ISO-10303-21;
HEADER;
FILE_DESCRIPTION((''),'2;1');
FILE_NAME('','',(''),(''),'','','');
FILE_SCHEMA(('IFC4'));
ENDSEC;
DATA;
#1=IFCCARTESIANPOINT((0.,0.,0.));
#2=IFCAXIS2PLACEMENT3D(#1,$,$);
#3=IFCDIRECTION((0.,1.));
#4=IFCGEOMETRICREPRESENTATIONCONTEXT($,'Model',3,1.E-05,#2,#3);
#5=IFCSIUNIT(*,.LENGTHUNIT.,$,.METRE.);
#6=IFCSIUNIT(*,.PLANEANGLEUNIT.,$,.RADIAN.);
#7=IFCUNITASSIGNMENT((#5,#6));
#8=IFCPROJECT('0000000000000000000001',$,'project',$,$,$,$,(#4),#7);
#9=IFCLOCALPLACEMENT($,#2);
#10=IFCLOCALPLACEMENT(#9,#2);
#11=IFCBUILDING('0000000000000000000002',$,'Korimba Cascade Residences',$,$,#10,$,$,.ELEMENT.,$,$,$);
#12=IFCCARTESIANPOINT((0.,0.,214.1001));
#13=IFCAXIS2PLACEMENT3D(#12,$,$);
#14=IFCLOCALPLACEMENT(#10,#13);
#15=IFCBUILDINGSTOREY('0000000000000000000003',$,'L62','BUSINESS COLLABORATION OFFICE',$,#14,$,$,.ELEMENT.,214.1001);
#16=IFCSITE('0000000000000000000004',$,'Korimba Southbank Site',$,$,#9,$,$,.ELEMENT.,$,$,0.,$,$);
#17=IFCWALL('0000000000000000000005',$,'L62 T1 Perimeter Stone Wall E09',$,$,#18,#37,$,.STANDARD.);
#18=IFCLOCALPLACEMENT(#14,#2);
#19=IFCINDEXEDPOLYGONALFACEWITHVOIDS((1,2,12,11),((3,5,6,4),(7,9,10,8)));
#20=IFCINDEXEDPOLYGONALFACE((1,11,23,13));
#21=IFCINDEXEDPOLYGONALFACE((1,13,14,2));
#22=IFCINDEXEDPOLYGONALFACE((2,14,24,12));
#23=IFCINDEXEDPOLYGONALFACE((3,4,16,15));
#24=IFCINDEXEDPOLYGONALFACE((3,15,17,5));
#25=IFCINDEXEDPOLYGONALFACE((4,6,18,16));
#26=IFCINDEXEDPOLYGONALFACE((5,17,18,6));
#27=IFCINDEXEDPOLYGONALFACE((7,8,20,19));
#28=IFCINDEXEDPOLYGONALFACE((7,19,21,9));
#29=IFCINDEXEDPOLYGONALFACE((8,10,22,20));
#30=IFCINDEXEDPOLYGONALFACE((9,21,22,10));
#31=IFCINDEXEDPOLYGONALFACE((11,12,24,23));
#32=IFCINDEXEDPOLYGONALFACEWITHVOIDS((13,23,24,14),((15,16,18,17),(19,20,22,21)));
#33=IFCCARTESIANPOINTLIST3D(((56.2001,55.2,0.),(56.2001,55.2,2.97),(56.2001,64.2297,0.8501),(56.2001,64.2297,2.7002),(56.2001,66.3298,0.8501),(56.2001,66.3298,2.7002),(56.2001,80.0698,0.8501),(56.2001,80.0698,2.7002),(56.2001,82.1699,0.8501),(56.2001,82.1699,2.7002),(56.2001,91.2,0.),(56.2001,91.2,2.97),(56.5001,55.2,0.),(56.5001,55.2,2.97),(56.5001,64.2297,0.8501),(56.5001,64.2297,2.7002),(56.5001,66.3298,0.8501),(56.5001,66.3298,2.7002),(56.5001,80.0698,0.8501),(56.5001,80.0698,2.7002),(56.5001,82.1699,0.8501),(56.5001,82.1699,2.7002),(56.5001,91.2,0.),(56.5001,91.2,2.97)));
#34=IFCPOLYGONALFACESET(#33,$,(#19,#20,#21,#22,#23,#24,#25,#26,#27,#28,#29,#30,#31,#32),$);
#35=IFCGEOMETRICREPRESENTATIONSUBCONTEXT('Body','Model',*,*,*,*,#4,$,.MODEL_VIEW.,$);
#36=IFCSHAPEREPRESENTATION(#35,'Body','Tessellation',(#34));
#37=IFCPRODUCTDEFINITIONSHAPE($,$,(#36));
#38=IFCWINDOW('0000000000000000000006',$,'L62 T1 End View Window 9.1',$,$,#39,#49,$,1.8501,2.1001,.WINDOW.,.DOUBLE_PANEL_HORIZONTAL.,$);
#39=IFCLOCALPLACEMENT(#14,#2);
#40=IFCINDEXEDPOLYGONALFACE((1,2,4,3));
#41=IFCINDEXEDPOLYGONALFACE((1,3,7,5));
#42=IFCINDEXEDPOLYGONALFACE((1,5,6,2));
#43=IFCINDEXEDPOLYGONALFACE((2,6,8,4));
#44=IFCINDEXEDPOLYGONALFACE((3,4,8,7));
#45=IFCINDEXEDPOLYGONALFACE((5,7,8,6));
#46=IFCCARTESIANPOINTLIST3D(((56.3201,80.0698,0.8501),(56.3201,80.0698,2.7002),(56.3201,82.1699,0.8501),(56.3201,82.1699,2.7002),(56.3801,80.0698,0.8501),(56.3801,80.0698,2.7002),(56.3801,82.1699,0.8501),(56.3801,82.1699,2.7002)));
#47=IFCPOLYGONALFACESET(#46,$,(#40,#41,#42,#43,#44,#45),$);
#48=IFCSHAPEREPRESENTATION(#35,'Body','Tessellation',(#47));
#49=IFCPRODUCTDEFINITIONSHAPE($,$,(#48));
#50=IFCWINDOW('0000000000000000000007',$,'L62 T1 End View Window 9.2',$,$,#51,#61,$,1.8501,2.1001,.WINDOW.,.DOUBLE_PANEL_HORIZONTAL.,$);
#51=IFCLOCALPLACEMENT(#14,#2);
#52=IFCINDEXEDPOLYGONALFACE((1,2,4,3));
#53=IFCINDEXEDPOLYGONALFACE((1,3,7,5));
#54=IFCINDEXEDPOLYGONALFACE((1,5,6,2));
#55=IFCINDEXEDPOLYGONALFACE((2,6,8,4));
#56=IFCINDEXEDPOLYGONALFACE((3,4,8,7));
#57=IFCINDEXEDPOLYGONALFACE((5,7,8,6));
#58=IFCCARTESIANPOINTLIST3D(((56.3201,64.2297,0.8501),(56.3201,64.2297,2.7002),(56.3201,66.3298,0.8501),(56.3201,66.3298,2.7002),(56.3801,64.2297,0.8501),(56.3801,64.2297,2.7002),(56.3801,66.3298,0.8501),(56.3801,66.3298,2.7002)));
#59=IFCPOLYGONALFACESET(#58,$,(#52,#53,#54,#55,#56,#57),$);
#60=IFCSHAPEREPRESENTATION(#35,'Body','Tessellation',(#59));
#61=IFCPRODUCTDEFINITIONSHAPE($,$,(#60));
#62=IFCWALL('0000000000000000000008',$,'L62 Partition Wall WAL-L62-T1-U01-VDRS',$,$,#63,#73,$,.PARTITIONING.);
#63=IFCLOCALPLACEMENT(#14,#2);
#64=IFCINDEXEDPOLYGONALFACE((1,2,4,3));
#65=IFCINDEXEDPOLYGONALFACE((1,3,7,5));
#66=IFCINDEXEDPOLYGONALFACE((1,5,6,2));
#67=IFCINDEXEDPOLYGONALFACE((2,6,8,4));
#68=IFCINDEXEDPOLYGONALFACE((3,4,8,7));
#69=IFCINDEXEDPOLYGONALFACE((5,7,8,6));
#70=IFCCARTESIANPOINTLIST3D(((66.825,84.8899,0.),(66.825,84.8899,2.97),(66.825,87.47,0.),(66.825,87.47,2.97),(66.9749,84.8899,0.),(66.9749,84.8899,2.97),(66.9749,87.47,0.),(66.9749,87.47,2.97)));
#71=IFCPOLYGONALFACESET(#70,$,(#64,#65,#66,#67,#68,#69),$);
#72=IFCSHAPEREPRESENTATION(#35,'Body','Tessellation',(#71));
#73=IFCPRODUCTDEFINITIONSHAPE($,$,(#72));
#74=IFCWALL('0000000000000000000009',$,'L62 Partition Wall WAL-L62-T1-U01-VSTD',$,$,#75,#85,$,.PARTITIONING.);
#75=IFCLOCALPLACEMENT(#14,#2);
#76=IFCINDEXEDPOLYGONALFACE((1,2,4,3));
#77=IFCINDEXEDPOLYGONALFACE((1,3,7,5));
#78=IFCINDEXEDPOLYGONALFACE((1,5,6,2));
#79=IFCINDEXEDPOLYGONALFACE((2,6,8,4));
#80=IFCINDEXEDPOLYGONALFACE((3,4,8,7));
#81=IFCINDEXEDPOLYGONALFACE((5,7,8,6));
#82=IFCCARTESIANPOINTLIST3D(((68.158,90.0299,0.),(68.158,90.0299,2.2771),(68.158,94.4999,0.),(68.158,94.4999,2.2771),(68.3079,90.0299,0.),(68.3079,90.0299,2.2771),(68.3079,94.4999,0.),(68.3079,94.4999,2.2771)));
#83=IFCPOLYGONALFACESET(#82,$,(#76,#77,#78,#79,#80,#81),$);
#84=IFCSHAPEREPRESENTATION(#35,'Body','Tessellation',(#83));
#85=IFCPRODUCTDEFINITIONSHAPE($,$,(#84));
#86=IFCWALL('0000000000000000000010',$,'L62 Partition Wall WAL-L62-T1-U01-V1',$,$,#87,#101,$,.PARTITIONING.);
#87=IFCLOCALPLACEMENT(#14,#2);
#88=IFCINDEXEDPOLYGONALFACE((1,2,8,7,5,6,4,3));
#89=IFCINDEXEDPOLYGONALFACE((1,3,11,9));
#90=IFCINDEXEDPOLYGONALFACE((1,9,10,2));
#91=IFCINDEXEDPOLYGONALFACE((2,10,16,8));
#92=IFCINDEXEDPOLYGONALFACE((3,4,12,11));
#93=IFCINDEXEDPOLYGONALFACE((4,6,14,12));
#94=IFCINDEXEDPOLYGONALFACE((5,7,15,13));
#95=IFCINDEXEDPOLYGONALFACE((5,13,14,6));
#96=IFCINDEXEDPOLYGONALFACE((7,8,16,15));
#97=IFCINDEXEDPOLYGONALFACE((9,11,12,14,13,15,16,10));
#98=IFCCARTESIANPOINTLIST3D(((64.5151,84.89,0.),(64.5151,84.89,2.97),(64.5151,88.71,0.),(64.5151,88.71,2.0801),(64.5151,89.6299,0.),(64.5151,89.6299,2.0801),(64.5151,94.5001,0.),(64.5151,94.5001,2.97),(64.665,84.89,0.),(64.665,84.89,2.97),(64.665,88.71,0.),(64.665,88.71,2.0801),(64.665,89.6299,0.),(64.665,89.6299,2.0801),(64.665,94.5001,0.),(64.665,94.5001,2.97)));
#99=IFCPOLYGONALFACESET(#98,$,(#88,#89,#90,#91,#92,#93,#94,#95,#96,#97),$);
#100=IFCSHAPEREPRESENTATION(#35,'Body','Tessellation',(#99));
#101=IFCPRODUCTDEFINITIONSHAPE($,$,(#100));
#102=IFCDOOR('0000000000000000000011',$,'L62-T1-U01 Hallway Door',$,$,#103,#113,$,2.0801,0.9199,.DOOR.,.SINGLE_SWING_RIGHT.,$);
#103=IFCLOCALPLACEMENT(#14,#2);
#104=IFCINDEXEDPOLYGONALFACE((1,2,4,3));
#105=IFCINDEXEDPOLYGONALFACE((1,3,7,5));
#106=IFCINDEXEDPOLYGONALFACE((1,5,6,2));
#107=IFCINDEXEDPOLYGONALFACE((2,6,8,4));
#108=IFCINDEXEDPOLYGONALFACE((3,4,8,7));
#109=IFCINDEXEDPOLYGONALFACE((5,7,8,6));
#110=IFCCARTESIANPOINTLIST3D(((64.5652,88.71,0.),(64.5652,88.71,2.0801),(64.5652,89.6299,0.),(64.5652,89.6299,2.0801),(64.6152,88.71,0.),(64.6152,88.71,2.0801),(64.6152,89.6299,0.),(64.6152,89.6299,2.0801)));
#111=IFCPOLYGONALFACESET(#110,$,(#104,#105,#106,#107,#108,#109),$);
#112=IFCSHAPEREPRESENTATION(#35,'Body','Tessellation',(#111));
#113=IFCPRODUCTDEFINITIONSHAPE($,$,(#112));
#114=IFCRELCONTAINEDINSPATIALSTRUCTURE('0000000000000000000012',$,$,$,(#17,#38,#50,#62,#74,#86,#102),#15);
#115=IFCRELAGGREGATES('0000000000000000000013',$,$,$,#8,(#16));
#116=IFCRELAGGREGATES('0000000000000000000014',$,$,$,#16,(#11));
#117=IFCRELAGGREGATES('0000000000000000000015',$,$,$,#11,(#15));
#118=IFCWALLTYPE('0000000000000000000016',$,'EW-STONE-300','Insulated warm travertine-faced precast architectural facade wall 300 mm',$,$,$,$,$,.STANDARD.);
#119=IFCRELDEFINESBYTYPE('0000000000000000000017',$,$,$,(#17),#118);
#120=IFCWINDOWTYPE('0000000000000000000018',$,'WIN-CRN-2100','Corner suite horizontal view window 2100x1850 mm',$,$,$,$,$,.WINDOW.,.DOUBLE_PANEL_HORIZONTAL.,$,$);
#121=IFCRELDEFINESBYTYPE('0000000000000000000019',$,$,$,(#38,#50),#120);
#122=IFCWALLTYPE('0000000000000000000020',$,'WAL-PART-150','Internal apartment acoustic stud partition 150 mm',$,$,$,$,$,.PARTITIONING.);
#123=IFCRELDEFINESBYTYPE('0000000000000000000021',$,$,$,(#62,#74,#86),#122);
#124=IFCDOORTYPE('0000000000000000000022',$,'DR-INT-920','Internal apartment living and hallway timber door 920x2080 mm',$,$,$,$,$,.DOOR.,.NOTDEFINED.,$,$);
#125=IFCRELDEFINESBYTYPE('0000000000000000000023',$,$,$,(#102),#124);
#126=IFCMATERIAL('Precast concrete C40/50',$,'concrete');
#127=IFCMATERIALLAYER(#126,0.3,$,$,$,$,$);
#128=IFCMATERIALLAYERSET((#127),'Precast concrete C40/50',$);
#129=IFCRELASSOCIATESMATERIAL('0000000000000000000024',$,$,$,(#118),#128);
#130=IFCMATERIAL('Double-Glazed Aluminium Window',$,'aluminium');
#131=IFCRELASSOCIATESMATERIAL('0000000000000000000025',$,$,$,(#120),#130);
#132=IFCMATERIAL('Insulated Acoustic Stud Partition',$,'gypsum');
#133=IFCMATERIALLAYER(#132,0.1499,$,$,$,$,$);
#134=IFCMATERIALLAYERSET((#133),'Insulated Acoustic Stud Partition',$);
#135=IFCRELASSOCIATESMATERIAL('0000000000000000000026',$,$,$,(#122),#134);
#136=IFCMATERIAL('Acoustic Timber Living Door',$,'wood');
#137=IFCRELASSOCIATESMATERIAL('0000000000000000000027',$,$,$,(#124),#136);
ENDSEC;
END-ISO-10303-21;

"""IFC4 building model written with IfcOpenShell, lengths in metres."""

from ifc_helpers import new_model, si_unit, direction, frame, frame_2d, origin, place, context, subcontext, project, spatial, rectangle, extrude, material, layer, layer_set, type_object, element, fill, save


model = new_model("IFC4")

# Units and contexts
model_context = context("Model", 3, precision=1e-05, world=origin(), true_north=direction((0.0, 1.0)))
body_context = subcontext(model_context, "Body", "Model", "MODEL_VIEW")
ifc_project = project(units=[si_unit("LENGTHUNIT", "METRE"), si_unit("PLANEANGLEUNIT", "RADIAN")], contexts=[model_context])

# Site, building, storey
site_placement = place(None, origin())
site = spatial("IfcSite", under=ifc_project, at=site_placement, Name="Korimba Southbank Site", CompositionType="ELEMENT", RefElevation=0.0)
building_placement = place(site_placement, origin())
building = spatial("IfcBuilding", under=site, at=building_placement, Name="Korimba Cascade Residences", CompositionType="ELEMENT")
storey_placement = place(building_placement, frame((0.0, 0.0, 214.1001)))
storey = spatial("IfcBuildingStorey", under=building, at=storey_placement, Name="L62", Description="BUSINESS COLLABORATION OFFICE", CompositionType="ELEMENT", Elevation=214.1001)

# Shared definitions
ifc_material_1 = material(Name="Precast concrete C40/50", Category="concrete")
ifc_layer_1 = layer(ifc_material_1, 0.3)
ifc_layer_set_1 = layer_set([ifc_layer_1], Name="Precast concrete C40/50")
wall_type_1 = type_object("IfcWallType", Name="EW-STONE-300", Description="Insulated warm travertine-faced precast architectural facade wall 300 mm", PredefinedType="STANDARD", material=ifc_layer_set_1)

# Wall, openings, windows
wall_1_placement = place(storey_placement, frame((56.3501, 91.2, 0.0), z_axis=(0.0, 0.0, 1.0), x_axis=(0.0, -1.0, 0.0)))
wall_1 = element("IfcWall", 1, at=wall_1_placement, inside=storey, type_object=wall_type_1, Name="L62 T1 Perimeter Stone Wall E09", PredefinedType="STANDARD", context=body_context, shape_type="SweptSolid", body=[
    extrude(rectangle(XDim=36.0, YDim=0.3, at=frame_2d((18.0, 0.0))), origin(), (0.0, 0.0, 1.0), 2.97),
])
opening_1_placement = place(wall_1_placement, frame((9.03, 0.0, 0.8501)))
opening_1 = element("IfcOpeningElement", 2, at=opening_1_placement, cuts=wall_1, PredefinedType="OPENING", context=body_context, shape_type="SweptSolid", body=[
    extrude(rectangle(XDim=2.1001, YDim=1.8501, at=frame_2d((1.05, 0.925))), frame((0.0, 0.1602, 0.0), z_axis=(0.0, -1.0, 0.0), x_axis=(1.0, 0.0, 0.0)), (0.0, 0.0, 1.0), 0.3201),
])
opening_2_placement = place(wall_1_placement, frame((24.8701, 0.0, 0.8501)))
opening_2 = element("IfcOpeningElement", 3, at=opening_2_placement, cuts=wall_1, PredefinedType="OPENING", context=body_context, shape_type="SweptSolid", body=[
    extrude(rectangle(XDim=2.1001, YDim=1.8501, at=frame_2d((1.05, 0.925))), frame((0.0, 0.1602, 0.0), z_axis=(0.0, -1.0, 0.0), x_axis=(1.0, 0.0, 0.0)), (0.0, 0.0, 1.0), 0.3201),
])
ifc_material_2 = material(Name="Double-Glazed Aluminium Window", Category="aluminium")
window_type = type_object("IfcWindowType", Name="WIN-CRN-2100", Description="Corner suite horizontal view window 2100x1850 mm", PartitioningType="DOUBLE_PANEL_HORIZONTAL", PredefinedType="WINDOW", material=ifc_material_2)
window_1_placement = place(opening_1_placement, origin())
window_1 = element("IfcWindow", 4, at=window_1_placement, inside=storey, type_object=window_type, Name="L62 T1 End View Window 9.1", OverallHeight=1.8501, OverallWidth=2.1001, PartitioningType="DOUBLE_PANEL_HORIZONTAL", PredefinedType="WINDOW", context=body_context, shape_type="SweptSolid", body=[
    extrude(rectangle(XDim=2.1001, YDim=1.8501, at=frame_2d((1.05, 0.925))), frame((0.0, 0.03, 0.0), z_axis=(0.0, -1.0, 0.0), x_axis=(1.0, 0.0, 0.0)), (0.0, 0.0, 1.0), 0.0601),
])
fill(opening_1, window_1)
window_2_placement = place(opening_2_placement, origin())
window_2 = element("IfcWindow", 5, at=window_2_placement, inside=storey, type_object=window_type, Name="L62 T1 End View Window 9.2", OverallHeight=1.8501, OverallWidth=2.1001, PartitioningType="DOUBLE_PANEL_HORIZONTAL", PredefinedType="WINDOW", context=body_context, shape_type="SweptSolid", body=[
    extrude(rectangle(XDim=2.1001, YDim=1.8501, at=frame_2d((1.05, 0.925))), frame((0.0, 0.03, 0.0), z_axis=(0.0, -1.0, 0.0), x_axis=(1.0, 0.0, 0.0)), (0.0, 0.0, 1.0), 0.0601),
])
fill(opening_2, window_2)

# Walls
ifc_material_3 = material(Name="Insulated Acoustic Stud Partition", Category="gypsum")
ifc_layer_2 = layer(ifc_material_3, 0.1499)
ifc_layer_set_2 = layer_set([ifc_layer_2], Name="Insulated Acoustic Stud Partition")
wall_type_2 = type_object("IfcWallType", Name="WAL-PART-150", Description="Internal apartment acoustic stud partition 150 mm", PredefinedType="PARTITIONING", material=ifc_layer_set_2)
wall_2_placement = place(storey_placement, frame((66.8999, 84.8899, 0.0), z_axis=(0.0, 0.0, 1.0), x_axis=(0.0, 1.0, 0.0)))
element("IfcWall", 6, at=wall_2_placement, inside=storey, type_object=wall_type_2, Name="L62 Partition Wall WAL-L62-T1-U01-VDRS", PredefinedType="PARTITIONING", context=body_context, shape_type="SweptSolid", body=[
    extrude(rectangle(XDim=2.5801, YDim=0.1499, at=frame_2d((1.29, 0.0))), origin(), (0.0, 0.0, 1.0), 2.97),
])
wall_3_placement = place(storey_placement, frame((68.2329, 90.03, 0.0), z_axis=(0.0, 0.0, 1.0), x_axis=(0.0, 1.0, 0.0)))
element("IfcWall", 7, at=wall_3_placement, inside=storey, type_object=wall_type_2, Name="L62 Partition Wall WAL-L62-T1-U01-VSTD", PredefinedType="PARTITIONING", context=body_context, shape_type="SweptSolid", body=[
    extrude(rectangle(XDim=4.47, YDim=0.1499, at=frame_2d((2.2349, 0.0))), origin(), (0.0, 0.0, 1.0), 2.2771),
])

# Wall, opening, door
wall_4_placement = place(storey_placement, frame((64.5901, 84.8899, 0.0), z_axis=(0.0, 0.0, 1.0), x_axis=(0.0, 1.0, 0.0)))
wall_4 = element("IfcWall", 8, at=wall_4_placement, inside=storey, type_object=wall_type_2, Name="L62 Partition Wall WAL-L62-T1-U01-V1", PredefinedType="PARTITIONING", context=body_context, shape_type="SweptSolid", body=[
    extrude(rectangle(XDim=9.6101, YDim=0.1499, at=frame_2d((4.8052, 0.0))), origin(), (0.0, 0.0, 1.0), 2.97),
])
opening_3_placement = place(wall_4_placement, frame((3.8201, 0.0, 0.0)))
opening_3 = element("IfcOpeningElement", 9, at=opening_3_placement, cuts=wall_4, PredefinedType="OPENING", context=body_context, shape_type="SweptSolid", body=[
    extrude(rectangle(XDim=0.9199, YDim=2.0801, at=frame_2d((0.46, 1.04))), frame((0.0, 0.085, 0.0), z_axis=(0.0, -1.0, 0.0), x_axis=(1.0, 0.0, 0.0)), (0.0, 0.0, 1.0), 0.1699),
])
ifc_material_4 = material(Name="Acoustic Timber Living Door", Category="wood")
door_type_1 = type_object("IfcDoorType", Name="DR-INT-920", Description="Internal apartment living and hallway timber door 920x2080 mm", OperationType="NOTDEFINED", PredefinedType="DOOR", material=ifc_material_4)
door_1_placement = place(opening_3_placement, origin())
door_1 = element("IfcDoor", 10, at=door_1_placement, inside=storey, type_object=door_type_1, Name="L62-T1-U01 Hallway Door", OperationType="SINGLE_SWING_RIGHT", OverallHeight=2.0801, OverallWidth=0.9199, PredefinedType="DOOR", context=body_context, shape_type="SweptSolid", body=[
    extrude(rectangle(XDim=0.9199, YDim=2.0801, at=frame_2d((0.46, 1.04))), frame((0.0, 0.0249, 0.0), z_axis=(0.0, -1.0, 0.0), x_axis=(1.0, 0.0, 0.0)), (0.0, 0.0, 1.0), 0.05),
])
fill(opening_3, door_1)

save(model, "model.ifc")
